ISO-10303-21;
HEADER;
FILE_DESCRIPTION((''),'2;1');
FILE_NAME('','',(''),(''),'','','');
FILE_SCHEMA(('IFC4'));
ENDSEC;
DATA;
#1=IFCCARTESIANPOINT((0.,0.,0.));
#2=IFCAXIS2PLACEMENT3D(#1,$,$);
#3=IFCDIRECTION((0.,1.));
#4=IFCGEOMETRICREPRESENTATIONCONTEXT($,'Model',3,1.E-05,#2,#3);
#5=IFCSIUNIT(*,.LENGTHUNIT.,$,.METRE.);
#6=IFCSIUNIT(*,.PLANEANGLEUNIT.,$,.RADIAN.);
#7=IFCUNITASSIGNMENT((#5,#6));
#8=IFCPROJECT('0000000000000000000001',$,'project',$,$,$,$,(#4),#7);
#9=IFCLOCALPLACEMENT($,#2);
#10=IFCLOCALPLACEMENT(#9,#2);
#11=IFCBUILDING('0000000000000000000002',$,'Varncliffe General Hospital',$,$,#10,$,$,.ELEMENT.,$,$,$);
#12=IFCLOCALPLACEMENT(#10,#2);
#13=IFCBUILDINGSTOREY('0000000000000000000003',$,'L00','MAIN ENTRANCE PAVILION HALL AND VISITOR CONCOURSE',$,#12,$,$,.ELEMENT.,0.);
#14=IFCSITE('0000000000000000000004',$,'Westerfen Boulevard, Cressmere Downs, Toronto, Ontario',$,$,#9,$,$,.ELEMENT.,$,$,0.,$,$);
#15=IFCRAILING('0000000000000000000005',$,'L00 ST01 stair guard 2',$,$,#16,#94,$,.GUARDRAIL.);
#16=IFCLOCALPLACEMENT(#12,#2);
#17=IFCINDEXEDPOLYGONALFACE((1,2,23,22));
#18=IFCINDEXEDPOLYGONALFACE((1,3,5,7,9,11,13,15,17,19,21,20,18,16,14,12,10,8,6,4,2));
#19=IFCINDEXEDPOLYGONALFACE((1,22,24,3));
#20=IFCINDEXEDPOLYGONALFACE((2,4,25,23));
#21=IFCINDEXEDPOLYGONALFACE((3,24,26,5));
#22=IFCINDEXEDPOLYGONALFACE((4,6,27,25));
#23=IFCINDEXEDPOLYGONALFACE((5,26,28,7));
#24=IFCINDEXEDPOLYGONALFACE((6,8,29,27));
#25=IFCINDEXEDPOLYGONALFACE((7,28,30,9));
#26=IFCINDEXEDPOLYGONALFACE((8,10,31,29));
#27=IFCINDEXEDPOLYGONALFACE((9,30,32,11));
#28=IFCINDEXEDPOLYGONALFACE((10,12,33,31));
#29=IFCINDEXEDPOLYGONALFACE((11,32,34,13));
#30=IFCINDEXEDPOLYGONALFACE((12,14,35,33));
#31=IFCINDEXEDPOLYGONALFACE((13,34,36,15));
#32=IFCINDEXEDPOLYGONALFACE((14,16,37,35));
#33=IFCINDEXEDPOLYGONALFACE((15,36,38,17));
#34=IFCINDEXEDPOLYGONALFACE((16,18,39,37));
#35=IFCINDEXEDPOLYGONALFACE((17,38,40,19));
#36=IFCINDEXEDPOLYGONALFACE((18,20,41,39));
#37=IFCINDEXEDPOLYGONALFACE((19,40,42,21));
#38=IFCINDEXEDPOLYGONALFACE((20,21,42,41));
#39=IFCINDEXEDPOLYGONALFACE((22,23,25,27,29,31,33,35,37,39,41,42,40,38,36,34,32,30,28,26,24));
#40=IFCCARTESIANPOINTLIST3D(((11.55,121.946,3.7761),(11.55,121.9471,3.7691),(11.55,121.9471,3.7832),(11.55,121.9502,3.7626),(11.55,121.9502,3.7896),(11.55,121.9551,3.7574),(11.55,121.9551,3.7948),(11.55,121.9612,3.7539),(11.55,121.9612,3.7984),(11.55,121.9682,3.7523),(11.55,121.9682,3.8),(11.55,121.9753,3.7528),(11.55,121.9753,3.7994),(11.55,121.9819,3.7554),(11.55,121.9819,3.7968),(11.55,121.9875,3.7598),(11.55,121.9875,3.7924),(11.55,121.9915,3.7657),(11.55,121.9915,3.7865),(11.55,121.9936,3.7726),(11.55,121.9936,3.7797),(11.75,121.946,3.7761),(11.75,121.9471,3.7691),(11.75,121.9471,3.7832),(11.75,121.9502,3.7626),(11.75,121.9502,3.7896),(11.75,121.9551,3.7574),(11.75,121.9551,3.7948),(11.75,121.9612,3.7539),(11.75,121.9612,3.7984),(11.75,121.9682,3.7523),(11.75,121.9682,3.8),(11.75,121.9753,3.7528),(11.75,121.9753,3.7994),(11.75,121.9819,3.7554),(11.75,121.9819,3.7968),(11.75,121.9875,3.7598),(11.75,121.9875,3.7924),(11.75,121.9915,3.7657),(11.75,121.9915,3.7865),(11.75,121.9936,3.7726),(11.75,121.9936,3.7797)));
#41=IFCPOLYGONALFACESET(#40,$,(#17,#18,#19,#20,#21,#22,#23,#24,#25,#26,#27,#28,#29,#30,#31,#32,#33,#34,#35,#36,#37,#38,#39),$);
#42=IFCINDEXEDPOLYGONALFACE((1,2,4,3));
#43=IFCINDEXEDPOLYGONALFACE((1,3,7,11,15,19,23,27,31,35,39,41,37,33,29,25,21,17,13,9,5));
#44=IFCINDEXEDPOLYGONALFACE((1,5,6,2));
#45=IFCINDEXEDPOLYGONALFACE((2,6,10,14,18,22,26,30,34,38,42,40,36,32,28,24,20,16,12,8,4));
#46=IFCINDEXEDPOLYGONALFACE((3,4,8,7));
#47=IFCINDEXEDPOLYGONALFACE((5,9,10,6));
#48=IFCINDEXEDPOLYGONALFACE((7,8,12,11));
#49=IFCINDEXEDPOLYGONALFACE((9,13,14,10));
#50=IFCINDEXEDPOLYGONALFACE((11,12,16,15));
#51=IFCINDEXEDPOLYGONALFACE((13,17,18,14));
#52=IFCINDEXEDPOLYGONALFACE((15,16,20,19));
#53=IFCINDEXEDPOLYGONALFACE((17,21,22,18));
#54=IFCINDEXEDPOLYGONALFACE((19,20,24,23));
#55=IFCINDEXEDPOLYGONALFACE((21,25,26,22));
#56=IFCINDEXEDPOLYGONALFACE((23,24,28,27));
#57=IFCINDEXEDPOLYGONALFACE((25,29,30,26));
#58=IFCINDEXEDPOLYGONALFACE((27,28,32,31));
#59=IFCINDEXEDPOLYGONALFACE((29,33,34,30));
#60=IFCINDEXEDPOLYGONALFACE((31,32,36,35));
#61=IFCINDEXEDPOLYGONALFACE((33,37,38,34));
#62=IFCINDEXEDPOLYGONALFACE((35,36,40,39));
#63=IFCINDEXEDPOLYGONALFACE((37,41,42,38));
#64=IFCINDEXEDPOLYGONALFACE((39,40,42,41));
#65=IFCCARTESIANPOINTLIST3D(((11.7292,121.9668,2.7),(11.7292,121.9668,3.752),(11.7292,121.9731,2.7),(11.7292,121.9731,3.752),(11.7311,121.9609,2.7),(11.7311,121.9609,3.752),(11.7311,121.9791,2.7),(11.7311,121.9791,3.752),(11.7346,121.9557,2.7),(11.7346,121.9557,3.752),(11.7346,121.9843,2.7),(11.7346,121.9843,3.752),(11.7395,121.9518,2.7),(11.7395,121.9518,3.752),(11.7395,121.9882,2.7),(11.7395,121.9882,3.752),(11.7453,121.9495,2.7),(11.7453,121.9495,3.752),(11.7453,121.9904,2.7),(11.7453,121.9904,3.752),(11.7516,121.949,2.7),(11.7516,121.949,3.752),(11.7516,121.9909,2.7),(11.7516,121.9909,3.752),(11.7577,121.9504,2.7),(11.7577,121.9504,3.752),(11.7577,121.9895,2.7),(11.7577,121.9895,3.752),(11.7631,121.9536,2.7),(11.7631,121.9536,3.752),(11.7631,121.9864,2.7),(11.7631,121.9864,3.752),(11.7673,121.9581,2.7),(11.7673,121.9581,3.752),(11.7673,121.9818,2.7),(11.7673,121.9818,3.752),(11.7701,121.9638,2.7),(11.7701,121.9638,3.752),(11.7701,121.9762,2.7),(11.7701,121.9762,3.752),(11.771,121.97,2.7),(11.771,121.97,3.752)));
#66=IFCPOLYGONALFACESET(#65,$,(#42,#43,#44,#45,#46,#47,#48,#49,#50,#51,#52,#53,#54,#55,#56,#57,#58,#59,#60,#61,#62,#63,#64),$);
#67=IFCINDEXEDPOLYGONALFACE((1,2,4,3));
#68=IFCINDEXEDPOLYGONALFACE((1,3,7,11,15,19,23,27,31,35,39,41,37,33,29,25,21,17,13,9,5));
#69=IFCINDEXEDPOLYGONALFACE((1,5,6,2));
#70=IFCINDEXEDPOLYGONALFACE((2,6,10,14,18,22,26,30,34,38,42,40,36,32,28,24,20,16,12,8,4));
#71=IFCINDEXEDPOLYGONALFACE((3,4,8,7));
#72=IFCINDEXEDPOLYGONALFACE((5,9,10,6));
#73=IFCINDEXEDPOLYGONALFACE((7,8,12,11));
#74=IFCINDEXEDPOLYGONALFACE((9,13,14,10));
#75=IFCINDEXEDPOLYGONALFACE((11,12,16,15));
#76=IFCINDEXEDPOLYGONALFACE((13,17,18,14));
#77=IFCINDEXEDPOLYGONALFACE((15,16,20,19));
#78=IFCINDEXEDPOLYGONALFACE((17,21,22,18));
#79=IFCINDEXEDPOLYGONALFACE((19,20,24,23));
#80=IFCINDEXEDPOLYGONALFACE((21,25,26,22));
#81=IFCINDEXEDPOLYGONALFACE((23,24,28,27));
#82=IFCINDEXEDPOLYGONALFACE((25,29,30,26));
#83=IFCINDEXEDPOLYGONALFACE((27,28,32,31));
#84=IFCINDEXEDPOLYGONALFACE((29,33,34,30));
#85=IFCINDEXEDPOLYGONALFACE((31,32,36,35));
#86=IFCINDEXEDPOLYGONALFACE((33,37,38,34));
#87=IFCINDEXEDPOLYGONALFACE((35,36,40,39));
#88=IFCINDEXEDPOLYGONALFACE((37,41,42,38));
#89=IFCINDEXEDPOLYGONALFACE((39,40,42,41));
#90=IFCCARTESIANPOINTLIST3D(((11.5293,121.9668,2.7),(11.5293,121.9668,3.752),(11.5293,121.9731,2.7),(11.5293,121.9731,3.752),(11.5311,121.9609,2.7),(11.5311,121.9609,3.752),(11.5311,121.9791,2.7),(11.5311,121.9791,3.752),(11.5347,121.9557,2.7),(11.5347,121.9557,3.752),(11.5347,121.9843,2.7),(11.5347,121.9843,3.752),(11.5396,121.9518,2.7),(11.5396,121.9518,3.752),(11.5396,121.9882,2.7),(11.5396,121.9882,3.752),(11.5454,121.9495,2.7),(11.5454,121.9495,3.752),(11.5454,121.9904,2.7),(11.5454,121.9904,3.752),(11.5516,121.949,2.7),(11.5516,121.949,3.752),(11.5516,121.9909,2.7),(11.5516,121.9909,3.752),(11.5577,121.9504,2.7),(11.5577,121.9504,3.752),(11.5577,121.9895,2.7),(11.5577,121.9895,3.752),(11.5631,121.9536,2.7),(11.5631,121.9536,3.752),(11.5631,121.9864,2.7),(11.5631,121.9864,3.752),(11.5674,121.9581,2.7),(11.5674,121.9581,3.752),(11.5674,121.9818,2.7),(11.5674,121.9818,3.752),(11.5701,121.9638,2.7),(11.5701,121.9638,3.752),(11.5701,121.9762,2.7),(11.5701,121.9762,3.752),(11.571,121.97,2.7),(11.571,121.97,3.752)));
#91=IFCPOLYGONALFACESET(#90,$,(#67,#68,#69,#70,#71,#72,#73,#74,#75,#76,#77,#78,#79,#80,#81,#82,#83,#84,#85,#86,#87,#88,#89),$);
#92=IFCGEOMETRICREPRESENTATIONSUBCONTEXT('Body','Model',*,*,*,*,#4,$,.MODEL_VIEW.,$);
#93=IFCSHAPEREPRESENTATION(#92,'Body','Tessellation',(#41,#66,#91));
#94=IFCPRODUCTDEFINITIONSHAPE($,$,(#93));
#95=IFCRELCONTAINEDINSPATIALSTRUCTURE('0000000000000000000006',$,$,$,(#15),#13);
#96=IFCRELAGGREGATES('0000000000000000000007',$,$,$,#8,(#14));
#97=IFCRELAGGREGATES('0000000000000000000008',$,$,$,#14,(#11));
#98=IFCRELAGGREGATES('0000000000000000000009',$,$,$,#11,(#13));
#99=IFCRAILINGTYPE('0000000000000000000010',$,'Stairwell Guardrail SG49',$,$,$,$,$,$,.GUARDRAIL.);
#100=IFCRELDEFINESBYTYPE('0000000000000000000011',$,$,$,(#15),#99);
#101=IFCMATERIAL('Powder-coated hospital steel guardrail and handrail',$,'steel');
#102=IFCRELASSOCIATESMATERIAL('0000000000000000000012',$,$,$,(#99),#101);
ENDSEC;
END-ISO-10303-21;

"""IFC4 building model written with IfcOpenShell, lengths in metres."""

from ifc_helpers import new_model, si_unit, direction, frame, origin, origin_2d, place, context, subcontext, project, spatial, circle, extrude, material, type_object, element, save


model = new_model("IFC4")

# Units and contexts
model_context = context("Model", 3, precision=1e-05, world=origin(), true_north=direction((0.0, 1.0)))
body_context = subcontext(model_context, "Body", "Model", "MODEL_VIEW")
ifc_project = project(units=[si_unit("LENGTHUNIT", "METRE"), si_unit("PLANEANGLEUNIT", "RADIAN")], contexts=[model_context])

# Site, building, storey
site_placement = place(None, origin())
site = spatial("IfcSite", under=ifc_project, at=site_placement, Name="Westerfen Boulevard, Cressmere Downs, Toronto, Ontario", CompositionType="ELEMENT", RefElevation=0.0)
building_placement = place(site_placement, origin())
building = spatial("IfcBuilding", under=site, at=building_placement, Name="Varncliffe General Hospital", CompositionType="ELEMENT")
storey_placement = place(building_placement, origin())
storey = spatial("IfcBuildingStorey", under=building, at=storey_placement, Name="L00", Description="MAIN ENTRANCE PAVILION HALL AND VISITOR CONCOURSE", CompositionType="ELEMENT", Elevation=0.0)

# Railing
ifc_material_1 = material(Name="Powder-coated hospital steel guardrail and handrail", Category="steel")
railing_type_1 = type_object("IfcRailingType", Name="Stairwell Guardrail SG49", PredefinedType="GUARDRAIL", material=ifc_material_1)
railing_1_placement = place(storey_placement, frame((11.75, 121.97, 2.7)))
element("IfcRailing", 1, at=railing_1_placement, inside=storey, type_object=railing_type_1, Name="L00 ST01 stair guard 2", PredefinedType="GUARDRAIL", context=body_context, shape_type="SweptSolid", body=[
    extrude(circle(Radius=0.0239, at=origin_2d()), frame((0.0, 0.0, 1.0762), z_axis=(-1.0, 0.0, 0.0), x_axis=(0.0, -1.0, 0.0)), (0.0, 0.0, 1.0), 0.2),
    extrude(circle(Radius=0.021, at=origin_2d()), origin(), (0.0, 0.0, 1.0), 1.052),
    extrude(circle(Radius=0.021, at=origin_2d()), frame((-0.2, 0.0, 0.0)), (0.0, 0.0, 1.0), 1.052),
])

save(model, "model.ifc")
